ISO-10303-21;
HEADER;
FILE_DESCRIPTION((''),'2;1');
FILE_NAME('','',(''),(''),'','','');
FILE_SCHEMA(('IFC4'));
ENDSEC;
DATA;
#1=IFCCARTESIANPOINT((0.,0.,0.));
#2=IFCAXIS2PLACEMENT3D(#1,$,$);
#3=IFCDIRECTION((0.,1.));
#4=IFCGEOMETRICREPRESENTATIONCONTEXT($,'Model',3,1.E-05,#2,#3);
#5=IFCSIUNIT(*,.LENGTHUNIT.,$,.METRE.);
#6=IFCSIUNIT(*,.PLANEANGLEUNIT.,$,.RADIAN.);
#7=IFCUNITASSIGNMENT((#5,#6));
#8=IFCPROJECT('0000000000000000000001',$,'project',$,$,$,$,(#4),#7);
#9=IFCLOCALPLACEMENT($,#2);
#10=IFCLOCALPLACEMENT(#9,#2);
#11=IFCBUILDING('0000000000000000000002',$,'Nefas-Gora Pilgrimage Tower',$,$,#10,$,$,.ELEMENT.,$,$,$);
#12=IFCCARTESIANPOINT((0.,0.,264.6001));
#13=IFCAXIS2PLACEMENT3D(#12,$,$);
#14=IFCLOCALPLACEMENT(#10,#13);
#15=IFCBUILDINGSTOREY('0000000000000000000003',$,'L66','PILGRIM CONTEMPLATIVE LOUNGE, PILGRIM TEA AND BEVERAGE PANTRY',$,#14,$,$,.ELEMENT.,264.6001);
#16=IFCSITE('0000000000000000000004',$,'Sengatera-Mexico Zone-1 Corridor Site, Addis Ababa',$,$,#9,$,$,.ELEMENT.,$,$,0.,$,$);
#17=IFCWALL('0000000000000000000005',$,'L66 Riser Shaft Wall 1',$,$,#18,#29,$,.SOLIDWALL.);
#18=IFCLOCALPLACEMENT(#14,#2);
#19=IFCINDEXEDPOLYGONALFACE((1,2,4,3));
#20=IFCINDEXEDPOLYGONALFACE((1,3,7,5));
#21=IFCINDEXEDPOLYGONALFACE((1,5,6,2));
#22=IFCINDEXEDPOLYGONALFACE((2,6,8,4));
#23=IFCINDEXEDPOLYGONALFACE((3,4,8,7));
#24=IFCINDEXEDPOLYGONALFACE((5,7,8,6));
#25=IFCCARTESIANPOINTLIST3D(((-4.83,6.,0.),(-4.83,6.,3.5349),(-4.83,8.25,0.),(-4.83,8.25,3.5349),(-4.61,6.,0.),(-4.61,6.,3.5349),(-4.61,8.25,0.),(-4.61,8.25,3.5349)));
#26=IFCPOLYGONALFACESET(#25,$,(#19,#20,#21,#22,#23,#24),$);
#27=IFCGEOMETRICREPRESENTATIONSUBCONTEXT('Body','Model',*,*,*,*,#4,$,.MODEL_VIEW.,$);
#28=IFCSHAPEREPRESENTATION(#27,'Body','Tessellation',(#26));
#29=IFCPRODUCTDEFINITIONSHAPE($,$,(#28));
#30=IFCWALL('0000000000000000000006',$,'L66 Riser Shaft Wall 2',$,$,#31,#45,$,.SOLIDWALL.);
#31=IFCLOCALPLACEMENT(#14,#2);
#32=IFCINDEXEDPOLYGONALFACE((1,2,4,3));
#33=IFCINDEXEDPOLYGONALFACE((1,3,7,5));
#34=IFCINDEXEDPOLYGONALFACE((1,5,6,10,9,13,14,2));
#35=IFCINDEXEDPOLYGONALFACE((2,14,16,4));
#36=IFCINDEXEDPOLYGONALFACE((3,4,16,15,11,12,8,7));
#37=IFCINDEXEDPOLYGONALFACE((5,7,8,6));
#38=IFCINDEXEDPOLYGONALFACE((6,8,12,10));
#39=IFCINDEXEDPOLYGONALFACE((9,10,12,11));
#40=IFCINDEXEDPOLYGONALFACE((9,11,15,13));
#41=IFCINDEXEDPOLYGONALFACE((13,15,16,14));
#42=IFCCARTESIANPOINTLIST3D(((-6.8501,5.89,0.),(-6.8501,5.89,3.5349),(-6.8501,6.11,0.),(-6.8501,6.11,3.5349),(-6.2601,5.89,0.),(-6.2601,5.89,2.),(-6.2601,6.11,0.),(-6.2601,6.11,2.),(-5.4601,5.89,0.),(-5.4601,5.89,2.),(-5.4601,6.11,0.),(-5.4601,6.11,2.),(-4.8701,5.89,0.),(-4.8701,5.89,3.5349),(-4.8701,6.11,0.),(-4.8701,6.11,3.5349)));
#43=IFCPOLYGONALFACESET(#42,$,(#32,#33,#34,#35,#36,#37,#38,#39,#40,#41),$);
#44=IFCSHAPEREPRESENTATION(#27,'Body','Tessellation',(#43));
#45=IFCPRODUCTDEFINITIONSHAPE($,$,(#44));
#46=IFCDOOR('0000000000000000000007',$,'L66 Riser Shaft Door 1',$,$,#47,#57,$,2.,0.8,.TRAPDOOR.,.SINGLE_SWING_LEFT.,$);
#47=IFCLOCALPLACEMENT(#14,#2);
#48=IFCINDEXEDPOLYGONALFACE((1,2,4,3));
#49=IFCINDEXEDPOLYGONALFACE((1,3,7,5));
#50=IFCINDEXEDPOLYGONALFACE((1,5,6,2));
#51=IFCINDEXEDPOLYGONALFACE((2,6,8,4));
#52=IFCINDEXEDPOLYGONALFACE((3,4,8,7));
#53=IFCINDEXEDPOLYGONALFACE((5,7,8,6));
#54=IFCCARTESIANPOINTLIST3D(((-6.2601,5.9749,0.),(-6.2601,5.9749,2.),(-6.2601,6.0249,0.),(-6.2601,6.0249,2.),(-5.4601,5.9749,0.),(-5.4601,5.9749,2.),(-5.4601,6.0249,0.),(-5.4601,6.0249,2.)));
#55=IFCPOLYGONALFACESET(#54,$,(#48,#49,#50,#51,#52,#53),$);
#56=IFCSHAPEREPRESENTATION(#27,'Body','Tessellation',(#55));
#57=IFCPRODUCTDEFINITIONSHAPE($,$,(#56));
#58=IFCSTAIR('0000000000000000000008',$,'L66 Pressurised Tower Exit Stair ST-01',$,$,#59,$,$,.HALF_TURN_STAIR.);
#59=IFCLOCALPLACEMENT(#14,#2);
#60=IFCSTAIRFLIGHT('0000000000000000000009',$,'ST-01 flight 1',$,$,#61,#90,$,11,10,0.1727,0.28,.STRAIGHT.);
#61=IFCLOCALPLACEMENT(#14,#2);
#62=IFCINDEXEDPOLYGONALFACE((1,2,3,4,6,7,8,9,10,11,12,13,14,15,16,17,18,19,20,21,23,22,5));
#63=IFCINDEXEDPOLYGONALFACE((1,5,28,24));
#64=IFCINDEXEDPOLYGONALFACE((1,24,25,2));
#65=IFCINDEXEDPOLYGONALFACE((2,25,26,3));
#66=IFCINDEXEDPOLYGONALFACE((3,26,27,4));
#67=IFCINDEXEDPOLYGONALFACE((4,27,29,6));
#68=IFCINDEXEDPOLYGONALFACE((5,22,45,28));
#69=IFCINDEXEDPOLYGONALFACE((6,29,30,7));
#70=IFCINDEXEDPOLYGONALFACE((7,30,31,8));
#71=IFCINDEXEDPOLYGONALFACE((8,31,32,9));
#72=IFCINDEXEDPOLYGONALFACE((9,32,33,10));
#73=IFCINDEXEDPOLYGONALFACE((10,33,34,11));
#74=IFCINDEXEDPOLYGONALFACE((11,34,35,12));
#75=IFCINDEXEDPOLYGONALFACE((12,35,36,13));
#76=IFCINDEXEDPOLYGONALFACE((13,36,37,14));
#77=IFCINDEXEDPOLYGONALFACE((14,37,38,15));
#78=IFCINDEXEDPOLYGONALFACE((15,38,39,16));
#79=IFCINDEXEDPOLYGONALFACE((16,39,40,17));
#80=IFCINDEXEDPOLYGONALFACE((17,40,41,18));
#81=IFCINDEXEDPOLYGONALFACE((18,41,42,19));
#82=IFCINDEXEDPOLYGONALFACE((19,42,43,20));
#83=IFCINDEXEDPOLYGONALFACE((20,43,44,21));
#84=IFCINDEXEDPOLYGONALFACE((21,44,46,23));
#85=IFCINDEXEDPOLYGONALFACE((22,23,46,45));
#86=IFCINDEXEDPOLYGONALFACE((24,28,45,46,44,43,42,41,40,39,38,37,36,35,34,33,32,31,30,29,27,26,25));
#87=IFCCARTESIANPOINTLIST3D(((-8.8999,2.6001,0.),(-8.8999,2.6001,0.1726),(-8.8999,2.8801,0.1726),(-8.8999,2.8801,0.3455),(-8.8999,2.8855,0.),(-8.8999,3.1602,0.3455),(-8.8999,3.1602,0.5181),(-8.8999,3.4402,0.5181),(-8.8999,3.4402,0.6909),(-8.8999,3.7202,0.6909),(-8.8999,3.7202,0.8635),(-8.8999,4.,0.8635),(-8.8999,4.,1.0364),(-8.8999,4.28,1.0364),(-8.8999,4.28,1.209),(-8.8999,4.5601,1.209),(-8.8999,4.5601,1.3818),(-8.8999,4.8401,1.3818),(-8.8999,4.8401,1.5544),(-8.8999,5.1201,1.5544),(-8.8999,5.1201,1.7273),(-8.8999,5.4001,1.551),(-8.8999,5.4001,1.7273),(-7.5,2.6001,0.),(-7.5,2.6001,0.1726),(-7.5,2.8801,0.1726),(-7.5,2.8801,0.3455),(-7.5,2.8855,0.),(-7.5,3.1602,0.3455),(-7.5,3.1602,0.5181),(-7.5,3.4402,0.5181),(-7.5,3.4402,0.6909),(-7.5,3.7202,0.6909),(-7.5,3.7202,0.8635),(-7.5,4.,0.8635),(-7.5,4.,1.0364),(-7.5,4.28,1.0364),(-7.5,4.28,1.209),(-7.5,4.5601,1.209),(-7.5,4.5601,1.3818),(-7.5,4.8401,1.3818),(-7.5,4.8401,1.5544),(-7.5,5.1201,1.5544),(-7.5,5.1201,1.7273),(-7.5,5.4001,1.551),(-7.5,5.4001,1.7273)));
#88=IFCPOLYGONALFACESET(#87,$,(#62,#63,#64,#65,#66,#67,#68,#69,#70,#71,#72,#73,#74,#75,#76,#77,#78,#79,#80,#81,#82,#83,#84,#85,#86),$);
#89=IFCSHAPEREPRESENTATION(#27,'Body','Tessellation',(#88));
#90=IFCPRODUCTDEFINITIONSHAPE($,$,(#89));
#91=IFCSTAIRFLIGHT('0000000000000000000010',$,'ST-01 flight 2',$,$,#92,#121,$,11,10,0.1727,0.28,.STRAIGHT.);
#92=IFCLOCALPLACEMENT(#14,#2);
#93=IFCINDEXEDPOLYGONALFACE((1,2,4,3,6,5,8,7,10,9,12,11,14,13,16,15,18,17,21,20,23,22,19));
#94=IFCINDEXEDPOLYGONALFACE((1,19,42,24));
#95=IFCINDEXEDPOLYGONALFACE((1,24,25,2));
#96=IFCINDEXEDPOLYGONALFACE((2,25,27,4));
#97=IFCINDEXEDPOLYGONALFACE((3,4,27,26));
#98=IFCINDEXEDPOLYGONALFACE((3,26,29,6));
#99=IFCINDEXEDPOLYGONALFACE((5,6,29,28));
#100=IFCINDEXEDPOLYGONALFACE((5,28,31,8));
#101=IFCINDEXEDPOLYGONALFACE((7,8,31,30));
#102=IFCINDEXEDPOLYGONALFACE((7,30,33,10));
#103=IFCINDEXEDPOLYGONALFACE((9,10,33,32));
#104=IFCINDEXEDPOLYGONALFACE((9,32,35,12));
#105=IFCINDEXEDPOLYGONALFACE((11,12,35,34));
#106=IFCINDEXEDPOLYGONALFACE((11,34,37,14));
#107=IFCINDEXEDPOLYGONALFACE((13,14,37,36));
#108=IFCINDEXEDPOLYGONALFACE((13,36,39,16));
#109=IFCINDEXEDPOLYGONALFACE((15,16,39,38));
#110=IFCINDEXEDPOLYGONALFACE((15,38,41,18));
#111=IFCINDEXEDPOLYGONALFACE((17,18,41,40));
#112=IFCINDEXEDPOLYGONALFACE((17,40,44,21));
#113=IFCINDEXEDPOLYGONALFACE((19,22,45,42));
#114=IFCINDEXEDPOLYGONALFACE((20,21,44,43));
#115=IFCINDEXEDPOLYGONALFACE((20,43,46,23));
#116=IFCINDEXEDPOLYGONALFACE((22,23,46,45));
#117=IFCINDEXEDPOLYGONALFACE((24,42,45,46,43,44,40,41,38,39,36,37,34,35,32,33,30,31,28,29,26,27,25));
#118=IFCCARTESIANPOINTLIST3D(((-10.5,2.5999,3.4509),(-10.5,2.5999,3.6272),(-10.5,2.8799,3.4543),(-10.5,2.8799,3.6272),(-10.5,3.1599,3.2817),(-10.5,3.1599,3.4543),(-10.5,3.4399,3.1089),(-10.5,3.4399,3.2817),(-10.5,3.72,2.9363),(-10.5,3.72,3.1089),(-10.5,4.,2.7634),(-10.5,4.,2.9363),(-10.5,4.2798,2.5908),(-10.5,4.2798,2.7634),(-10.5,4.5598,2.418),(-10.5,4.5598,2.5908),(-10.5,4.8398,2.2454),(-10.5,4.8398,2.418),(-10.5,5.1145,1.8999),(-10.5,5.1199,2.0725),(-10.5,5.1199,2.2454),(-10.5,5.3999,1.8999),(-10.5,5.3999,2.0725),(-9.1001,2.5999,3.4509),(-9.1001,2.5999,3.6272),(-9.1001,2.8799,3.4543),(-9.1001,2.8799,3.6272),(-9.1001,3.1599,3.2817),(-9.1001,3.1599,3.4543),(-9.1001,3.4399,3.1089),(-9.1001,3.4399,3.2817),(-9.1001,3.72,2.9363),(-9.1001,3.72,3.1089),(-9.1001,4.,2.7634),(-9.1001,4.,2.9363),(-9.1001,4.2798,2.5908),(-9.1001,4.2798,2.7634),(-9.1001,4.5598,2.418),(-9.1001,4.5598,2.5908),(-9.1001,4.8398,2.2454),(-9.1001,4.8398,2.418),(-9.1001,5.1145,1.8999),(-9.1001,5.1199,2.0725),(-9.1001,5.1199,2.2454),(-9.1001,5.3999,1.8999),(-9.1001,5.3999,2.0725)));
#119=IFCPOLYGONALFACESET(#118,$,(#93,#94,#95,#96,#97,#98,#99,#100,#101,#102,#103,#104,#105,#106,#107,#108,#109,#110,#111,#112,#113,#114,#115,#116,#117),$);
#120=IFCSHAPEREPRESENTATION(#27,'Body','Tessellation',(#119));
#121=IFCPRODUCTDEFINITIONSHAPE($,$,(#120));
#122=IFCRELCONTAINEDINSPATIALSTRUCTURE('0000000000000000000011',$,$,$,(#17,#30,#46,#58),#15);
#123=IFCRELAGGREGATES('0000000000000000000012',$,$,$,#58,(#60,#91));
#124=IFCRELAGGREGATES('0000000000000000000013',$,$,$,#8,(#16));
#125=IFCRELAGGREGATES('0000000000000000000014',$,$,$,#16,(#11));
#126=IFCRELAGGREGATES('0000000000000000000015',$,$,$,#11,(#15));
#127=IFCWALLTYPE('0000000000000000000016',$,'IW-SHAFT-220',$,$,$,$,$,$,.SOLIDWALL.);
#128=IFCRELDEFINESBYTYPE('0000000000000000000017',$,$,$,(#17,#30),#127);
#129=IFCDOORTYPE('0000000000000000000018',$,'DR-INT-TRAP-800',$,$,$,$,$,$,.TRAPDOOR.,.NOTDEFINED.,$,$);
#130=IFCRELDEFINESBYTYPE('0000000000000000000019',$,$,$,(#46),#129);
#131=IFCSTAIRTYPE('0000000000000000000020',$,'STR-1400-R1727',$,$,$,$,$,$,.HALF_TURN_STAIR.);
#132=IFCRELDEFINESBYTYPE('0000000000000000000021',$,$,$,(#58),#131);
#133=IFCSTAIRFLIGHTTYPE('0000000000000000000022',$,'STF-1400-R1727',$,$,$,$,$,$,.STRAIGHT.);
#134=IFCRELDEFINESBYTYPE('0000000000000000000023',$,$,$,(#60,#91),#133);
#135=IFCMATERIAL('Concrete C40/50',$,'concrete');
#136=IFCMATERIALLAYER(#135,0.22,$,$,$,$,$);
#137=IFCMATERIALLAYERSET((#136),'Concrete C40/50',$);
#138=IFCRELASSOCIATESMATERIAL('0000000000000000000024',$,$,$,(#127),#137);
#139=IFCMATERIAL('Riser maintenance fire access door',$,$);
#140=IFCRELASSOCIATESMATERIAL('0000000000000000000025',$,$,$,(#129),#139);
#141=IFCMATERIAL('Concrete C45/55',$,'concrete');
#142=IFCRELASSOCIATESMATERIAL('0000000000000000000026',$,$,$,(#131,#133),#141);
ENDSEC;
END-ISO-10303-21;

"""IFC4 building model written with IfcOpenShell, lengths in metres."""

from ifc_helpers import new_model, si_unit, direction, frame, frame_2d, origin, place, context, subcontext, project, spatial, polyline, rectangle, outline, extrude, source, transform, mapped, material, layer, layer_set, type_object, element, fill, aggregate, save


model = new_model("IFC4")

# Units and contexts
model_context = context("Model", 3, precision=1e-05, world=origin(), true_north=direction((0.0, 1.0)))
body_context = subcontext(model_context, "Body", "Model", "MODEL_VIEW")
ifc_project = project(units=[si_unit("LENGTHUNIT", "METRE"), si_unit("PLANEANGLEUNIT", "RADIAN")], contexts=[model_context])

# Site, building, storey
site_placement = place(None, origin())
site = spatial("IfcSite", under=ifc_project, at=site_placement, Name="Sengatera-Mexico Zone-1 Corridor Site, Addis Ababa", CompositionType="ELEMENT", RefElevation=0.0)
building_placement = place(site_placement, origin())
building = spatial("IfcBuilding", under=site, at=building_placement, Name="Nefas-Gora Pilgrimage Tower", CompositionType="ELEMENT")
storey_placement = place(building_placement, frame((0.0, 0.0, 264.6001)))
storey = spatial("IfcBuildingStorey", under=building, at=storey_placement, Name="L66", Description="PILGRIM CONTEMPLATIVE LOUNGE, PILGRIM TEA AND BEVERAGE PANTRY", CompositionType="ELEMENT", Elevation=264.6001)

# Shared definitions
ifc_material_1 = material(Name="Concrete C45/55", Category="concrete")

# Shared definitions
ifc_material_2 = material(Name="Concrete C40/50", Category="concrete")
ifc_layer_1 = layer(ifc_material_2, 0.22)
ifc_layer_set_1 = layer_set([ifc_layer_1], Name="Concrete C40/50")
wall_type_1 = type_object("IfcWallType", Name="IW-SHAFT-220", PredefinedType="SOLIDWALL", material=ifc_layer_set_1)

# Wall
shared_shape_1 = source(origin(), body_context, "Body", "SweptSolid", [
    extrude(rectangle(XDim=2.25, YDim=0.22, at=frame_2d((1.125, 0.0))), origin(), (0.0, 0.0, 1.0), 3.5349),
])
wall_1_placement = place(storey_placement, frame((-4.72, 6.0, 0.0), z_axis=(0.0, 0.0, 1.0), x_axis=(0.0, 1.0, 0.0)))
element("IfcWall", 1, at=wall_1_placement, inside=storey, type_object=wall_type_1, Name="L66 Riser Shaft Wall 1", PredefinedType="SOLIDWALL", context=body_context, shape_type="MappedRepresentation", body=[
    mapped(shared_shape_1, transform((0.0, 0.0, 0.0), x_axis=(1.0, 0.0, 0.0), y_axis=(0.0, 1.0, 0.0), z_axis=(0.0, 0.0, 1.0), scale=1.0)),
])

# Wall, opening, door
shared_shape_2 = source(origin(), body_context, "Body", "SweptSolid", [
    extrude(rectangle(XDim=1.98, YDim=0.22, at=frame_2d((0.99, 0.0))), origin(), (0.0, 0.0, 1.0), 3.5349),
])
wall_2_placement = place(storey_placement, frame((-6.8501, 6.0, 0.0), z_axis=(0.0, 0.0, 1.0), x_axis=(1.0, 0.0, 0.0)))
wall_2 = element("IfcWall", 2, at=wall_2_placement, inside=storey, type_object=wall_type_1, Name="L66 Riser Shaft Wall 2", PredefinedType="SOLIDWALL", context=body_context, shape_type="MappedRepresentation", body=[
    mapped(shared_shape_2, transform((0.0, 0.0, 0.0), x_axis=(1.0, 0.0, 0.0), y_axis=(0.0, 1.0, 0.0), z_axis=(0.0, 0.0, 1.0), scale=1.0)),
])
opening_1_placement = place(wall_2_placement, frame((0.5901, 0.0, 0.0)))
opening_1 = element("IfcOpeningElement", 3, at=opening_1_placement, cuts=wall_2, PredefinedType="OPENING", context=body_context, shape_type="SweptSolid", body=[
    extrude(rectangle(XDim=0.8, YDim=2.0, at=frame_2d((0.3999, 1.0))), frame((0.0, 0.1199, 0.0), z_axis=(0.0, -1.0, 0.0), x_axis=(1.0, 0.0, 0.0)), (0.0, 0.0, 1.0), 0.24),
])
ifc_material_3 = material(Name="Riser maintenance fire access door")
door_type_1 = type_object("IfcDoorType", Name="DR-INT-TRAP-800", OperationType="NOTDEFINED", PredefinedType="TRAPDOOR", material=ifc_material_3)
shared_shape_3 = source(origin(), body_context, "Body", "SweptSolid", [
    extrude(rectangle(XDim=0.8, YDim=2.0, at=frame_2d((0.3999, 1.0))), frame((0.0, 0.0249, 0.0), z_axis=(0.0, -1.0, 0.0), x_axis=(1.0, 0.0, 0.0)), (0.0, 0.0, 1.0), 0.05),
])
door_1_placement = place(opening_1_placement, origin())
door_1 = element("IfcDoor", 4, at=door_1_placement, inside=storey, type_object=door_type_1, Name="L66 Riser Shaft Door 1", OperationType="SINGLE_SWING_LEFT", OverallHeight=2.0, OverallWidth=0.8, PredefinedType="TRAPDOOR", context=body_context, shape_type="MappedRepresentation", body=[
    mapped(shared_shape_3, transform((0.0, 0.0, 0.0), x_axis=(1.0, 0.0, 0.0), y_axis=(0.0, 1.0, 0.0), z_axis=(0.0, 0.0, 1.0), scale=1.0)),
])
fill(opening_1, door_1)

# Stair, stair flights
stair_type = type_object("IfcStairType", Name="STR-1400-R1727", PredefinedType="HALF_TURN_STAIR", material=ifc_material_1)
stair_placement = place(storey_placement, origin())
stair = element("IfcStair", 5, at=stair_placement, inside=storey, type_object=stair_type, Name="L66 Pressurised Tower Exit Stair ST-01", PredefinedType="HALF_TURN_STAIR")
stair_flight_type = type_object("IfcStairFlightType", Name="STF-1400-R1727", PredefinedType="STRAIGHT", material=ifc_material_1)
shared_shape_4 = source(origin(), body_context, "Body", "SweptSolid", [
    extrude(outline(polyline([(0.0, 0.0), (0.0, 0.1726), (0.28, 0.1726), (0.28, 0.3455), (0.5601, 0.3455), (0.5601, 0.5181), (0.8401, 0.5181), (0.8401, 0.6909), (1.1201, 0.6909), (1.1201, 0.8635), (1.3999, 0.8635), (1.3999, 1.0364), (1.6799, 1.0364), (1.6799, 1.209), (1.96, 1.209), (1.96, 1.3818), (2.24, 1.3818), (2.24, 1.5544), (2.52, 1.5544), (2.52, 1.7273), (2.8, 1.7273), (2.8, 1.8999), (2.8, 1.551), (0.2854, 0.0), (0.0, 0.0)])), frame((0.0, 0.7, 0.0), z_axis=(0.0, -1.0, 0.0), x_axis=(1.0, 0.0, 0.0)), (0.0, 0.0, 1.0), 1.3999),
])
stair_flight_1_placement = place(storey_placement, frame((-8.2, 2.6001, 0.0), z_axis=(0.0, 0.0, 1.0), x_axis=(0.0, 1.0, 0.0)))
stair_flight_1 = element("IfcStairFlight", 6, at=stair_flight_1_placement, type_object=stair_flight_type, Name="ST-01 flight 1", NumberOfRisers=11, NumberOfTreads=10, PredefinedType="STRAIGHT", RiserHeight=0.1727, TreadLength=0.28, context=body_context, shape_type="MappedRepresentation", body=[
    mapped(shared_shape_4, transform((0.0, 0.0, 0.0), x_axis=(1.0, 0.0, 0.0), y_axis=(0.0, 1.0, 0.0), z_axis=(0.0, 0.0, 1.0), scale=1.0)),
])
stair_flight_2_placement = place(storey_placement, frame((-9.8, 5.3999, 1.8999), z_axis=(0.0, 0.0, 1.0), x_axis=(0.0, -1.0, 0.0)))
stair_flight_2 = element("IfcStairFlight", 7, at=stair_flight_2_placement, type_object=stair_flight_type, Name="ST-01 flight 2", NumberOfRisers=11, NumberOfTreads=10, PredefinedType="STRAIGHT", RiserHeight=0.1727, TreadLength=0.28, context=body_context, shape_type="MappedRepresentation", body=[
    mapped(shared_shape_4, transform((0.0, 0.0, 0.0), x_axis=(1.0, 0.0, 0.0), y_axis=(0.0, 1.0, 0.0), z_axis=(0.0, 0.0, 1.0), scale=1.0)),
])
aggregate(stair, [stair_flight_1, stair_flight_2])

save(model, "model.ifc")
